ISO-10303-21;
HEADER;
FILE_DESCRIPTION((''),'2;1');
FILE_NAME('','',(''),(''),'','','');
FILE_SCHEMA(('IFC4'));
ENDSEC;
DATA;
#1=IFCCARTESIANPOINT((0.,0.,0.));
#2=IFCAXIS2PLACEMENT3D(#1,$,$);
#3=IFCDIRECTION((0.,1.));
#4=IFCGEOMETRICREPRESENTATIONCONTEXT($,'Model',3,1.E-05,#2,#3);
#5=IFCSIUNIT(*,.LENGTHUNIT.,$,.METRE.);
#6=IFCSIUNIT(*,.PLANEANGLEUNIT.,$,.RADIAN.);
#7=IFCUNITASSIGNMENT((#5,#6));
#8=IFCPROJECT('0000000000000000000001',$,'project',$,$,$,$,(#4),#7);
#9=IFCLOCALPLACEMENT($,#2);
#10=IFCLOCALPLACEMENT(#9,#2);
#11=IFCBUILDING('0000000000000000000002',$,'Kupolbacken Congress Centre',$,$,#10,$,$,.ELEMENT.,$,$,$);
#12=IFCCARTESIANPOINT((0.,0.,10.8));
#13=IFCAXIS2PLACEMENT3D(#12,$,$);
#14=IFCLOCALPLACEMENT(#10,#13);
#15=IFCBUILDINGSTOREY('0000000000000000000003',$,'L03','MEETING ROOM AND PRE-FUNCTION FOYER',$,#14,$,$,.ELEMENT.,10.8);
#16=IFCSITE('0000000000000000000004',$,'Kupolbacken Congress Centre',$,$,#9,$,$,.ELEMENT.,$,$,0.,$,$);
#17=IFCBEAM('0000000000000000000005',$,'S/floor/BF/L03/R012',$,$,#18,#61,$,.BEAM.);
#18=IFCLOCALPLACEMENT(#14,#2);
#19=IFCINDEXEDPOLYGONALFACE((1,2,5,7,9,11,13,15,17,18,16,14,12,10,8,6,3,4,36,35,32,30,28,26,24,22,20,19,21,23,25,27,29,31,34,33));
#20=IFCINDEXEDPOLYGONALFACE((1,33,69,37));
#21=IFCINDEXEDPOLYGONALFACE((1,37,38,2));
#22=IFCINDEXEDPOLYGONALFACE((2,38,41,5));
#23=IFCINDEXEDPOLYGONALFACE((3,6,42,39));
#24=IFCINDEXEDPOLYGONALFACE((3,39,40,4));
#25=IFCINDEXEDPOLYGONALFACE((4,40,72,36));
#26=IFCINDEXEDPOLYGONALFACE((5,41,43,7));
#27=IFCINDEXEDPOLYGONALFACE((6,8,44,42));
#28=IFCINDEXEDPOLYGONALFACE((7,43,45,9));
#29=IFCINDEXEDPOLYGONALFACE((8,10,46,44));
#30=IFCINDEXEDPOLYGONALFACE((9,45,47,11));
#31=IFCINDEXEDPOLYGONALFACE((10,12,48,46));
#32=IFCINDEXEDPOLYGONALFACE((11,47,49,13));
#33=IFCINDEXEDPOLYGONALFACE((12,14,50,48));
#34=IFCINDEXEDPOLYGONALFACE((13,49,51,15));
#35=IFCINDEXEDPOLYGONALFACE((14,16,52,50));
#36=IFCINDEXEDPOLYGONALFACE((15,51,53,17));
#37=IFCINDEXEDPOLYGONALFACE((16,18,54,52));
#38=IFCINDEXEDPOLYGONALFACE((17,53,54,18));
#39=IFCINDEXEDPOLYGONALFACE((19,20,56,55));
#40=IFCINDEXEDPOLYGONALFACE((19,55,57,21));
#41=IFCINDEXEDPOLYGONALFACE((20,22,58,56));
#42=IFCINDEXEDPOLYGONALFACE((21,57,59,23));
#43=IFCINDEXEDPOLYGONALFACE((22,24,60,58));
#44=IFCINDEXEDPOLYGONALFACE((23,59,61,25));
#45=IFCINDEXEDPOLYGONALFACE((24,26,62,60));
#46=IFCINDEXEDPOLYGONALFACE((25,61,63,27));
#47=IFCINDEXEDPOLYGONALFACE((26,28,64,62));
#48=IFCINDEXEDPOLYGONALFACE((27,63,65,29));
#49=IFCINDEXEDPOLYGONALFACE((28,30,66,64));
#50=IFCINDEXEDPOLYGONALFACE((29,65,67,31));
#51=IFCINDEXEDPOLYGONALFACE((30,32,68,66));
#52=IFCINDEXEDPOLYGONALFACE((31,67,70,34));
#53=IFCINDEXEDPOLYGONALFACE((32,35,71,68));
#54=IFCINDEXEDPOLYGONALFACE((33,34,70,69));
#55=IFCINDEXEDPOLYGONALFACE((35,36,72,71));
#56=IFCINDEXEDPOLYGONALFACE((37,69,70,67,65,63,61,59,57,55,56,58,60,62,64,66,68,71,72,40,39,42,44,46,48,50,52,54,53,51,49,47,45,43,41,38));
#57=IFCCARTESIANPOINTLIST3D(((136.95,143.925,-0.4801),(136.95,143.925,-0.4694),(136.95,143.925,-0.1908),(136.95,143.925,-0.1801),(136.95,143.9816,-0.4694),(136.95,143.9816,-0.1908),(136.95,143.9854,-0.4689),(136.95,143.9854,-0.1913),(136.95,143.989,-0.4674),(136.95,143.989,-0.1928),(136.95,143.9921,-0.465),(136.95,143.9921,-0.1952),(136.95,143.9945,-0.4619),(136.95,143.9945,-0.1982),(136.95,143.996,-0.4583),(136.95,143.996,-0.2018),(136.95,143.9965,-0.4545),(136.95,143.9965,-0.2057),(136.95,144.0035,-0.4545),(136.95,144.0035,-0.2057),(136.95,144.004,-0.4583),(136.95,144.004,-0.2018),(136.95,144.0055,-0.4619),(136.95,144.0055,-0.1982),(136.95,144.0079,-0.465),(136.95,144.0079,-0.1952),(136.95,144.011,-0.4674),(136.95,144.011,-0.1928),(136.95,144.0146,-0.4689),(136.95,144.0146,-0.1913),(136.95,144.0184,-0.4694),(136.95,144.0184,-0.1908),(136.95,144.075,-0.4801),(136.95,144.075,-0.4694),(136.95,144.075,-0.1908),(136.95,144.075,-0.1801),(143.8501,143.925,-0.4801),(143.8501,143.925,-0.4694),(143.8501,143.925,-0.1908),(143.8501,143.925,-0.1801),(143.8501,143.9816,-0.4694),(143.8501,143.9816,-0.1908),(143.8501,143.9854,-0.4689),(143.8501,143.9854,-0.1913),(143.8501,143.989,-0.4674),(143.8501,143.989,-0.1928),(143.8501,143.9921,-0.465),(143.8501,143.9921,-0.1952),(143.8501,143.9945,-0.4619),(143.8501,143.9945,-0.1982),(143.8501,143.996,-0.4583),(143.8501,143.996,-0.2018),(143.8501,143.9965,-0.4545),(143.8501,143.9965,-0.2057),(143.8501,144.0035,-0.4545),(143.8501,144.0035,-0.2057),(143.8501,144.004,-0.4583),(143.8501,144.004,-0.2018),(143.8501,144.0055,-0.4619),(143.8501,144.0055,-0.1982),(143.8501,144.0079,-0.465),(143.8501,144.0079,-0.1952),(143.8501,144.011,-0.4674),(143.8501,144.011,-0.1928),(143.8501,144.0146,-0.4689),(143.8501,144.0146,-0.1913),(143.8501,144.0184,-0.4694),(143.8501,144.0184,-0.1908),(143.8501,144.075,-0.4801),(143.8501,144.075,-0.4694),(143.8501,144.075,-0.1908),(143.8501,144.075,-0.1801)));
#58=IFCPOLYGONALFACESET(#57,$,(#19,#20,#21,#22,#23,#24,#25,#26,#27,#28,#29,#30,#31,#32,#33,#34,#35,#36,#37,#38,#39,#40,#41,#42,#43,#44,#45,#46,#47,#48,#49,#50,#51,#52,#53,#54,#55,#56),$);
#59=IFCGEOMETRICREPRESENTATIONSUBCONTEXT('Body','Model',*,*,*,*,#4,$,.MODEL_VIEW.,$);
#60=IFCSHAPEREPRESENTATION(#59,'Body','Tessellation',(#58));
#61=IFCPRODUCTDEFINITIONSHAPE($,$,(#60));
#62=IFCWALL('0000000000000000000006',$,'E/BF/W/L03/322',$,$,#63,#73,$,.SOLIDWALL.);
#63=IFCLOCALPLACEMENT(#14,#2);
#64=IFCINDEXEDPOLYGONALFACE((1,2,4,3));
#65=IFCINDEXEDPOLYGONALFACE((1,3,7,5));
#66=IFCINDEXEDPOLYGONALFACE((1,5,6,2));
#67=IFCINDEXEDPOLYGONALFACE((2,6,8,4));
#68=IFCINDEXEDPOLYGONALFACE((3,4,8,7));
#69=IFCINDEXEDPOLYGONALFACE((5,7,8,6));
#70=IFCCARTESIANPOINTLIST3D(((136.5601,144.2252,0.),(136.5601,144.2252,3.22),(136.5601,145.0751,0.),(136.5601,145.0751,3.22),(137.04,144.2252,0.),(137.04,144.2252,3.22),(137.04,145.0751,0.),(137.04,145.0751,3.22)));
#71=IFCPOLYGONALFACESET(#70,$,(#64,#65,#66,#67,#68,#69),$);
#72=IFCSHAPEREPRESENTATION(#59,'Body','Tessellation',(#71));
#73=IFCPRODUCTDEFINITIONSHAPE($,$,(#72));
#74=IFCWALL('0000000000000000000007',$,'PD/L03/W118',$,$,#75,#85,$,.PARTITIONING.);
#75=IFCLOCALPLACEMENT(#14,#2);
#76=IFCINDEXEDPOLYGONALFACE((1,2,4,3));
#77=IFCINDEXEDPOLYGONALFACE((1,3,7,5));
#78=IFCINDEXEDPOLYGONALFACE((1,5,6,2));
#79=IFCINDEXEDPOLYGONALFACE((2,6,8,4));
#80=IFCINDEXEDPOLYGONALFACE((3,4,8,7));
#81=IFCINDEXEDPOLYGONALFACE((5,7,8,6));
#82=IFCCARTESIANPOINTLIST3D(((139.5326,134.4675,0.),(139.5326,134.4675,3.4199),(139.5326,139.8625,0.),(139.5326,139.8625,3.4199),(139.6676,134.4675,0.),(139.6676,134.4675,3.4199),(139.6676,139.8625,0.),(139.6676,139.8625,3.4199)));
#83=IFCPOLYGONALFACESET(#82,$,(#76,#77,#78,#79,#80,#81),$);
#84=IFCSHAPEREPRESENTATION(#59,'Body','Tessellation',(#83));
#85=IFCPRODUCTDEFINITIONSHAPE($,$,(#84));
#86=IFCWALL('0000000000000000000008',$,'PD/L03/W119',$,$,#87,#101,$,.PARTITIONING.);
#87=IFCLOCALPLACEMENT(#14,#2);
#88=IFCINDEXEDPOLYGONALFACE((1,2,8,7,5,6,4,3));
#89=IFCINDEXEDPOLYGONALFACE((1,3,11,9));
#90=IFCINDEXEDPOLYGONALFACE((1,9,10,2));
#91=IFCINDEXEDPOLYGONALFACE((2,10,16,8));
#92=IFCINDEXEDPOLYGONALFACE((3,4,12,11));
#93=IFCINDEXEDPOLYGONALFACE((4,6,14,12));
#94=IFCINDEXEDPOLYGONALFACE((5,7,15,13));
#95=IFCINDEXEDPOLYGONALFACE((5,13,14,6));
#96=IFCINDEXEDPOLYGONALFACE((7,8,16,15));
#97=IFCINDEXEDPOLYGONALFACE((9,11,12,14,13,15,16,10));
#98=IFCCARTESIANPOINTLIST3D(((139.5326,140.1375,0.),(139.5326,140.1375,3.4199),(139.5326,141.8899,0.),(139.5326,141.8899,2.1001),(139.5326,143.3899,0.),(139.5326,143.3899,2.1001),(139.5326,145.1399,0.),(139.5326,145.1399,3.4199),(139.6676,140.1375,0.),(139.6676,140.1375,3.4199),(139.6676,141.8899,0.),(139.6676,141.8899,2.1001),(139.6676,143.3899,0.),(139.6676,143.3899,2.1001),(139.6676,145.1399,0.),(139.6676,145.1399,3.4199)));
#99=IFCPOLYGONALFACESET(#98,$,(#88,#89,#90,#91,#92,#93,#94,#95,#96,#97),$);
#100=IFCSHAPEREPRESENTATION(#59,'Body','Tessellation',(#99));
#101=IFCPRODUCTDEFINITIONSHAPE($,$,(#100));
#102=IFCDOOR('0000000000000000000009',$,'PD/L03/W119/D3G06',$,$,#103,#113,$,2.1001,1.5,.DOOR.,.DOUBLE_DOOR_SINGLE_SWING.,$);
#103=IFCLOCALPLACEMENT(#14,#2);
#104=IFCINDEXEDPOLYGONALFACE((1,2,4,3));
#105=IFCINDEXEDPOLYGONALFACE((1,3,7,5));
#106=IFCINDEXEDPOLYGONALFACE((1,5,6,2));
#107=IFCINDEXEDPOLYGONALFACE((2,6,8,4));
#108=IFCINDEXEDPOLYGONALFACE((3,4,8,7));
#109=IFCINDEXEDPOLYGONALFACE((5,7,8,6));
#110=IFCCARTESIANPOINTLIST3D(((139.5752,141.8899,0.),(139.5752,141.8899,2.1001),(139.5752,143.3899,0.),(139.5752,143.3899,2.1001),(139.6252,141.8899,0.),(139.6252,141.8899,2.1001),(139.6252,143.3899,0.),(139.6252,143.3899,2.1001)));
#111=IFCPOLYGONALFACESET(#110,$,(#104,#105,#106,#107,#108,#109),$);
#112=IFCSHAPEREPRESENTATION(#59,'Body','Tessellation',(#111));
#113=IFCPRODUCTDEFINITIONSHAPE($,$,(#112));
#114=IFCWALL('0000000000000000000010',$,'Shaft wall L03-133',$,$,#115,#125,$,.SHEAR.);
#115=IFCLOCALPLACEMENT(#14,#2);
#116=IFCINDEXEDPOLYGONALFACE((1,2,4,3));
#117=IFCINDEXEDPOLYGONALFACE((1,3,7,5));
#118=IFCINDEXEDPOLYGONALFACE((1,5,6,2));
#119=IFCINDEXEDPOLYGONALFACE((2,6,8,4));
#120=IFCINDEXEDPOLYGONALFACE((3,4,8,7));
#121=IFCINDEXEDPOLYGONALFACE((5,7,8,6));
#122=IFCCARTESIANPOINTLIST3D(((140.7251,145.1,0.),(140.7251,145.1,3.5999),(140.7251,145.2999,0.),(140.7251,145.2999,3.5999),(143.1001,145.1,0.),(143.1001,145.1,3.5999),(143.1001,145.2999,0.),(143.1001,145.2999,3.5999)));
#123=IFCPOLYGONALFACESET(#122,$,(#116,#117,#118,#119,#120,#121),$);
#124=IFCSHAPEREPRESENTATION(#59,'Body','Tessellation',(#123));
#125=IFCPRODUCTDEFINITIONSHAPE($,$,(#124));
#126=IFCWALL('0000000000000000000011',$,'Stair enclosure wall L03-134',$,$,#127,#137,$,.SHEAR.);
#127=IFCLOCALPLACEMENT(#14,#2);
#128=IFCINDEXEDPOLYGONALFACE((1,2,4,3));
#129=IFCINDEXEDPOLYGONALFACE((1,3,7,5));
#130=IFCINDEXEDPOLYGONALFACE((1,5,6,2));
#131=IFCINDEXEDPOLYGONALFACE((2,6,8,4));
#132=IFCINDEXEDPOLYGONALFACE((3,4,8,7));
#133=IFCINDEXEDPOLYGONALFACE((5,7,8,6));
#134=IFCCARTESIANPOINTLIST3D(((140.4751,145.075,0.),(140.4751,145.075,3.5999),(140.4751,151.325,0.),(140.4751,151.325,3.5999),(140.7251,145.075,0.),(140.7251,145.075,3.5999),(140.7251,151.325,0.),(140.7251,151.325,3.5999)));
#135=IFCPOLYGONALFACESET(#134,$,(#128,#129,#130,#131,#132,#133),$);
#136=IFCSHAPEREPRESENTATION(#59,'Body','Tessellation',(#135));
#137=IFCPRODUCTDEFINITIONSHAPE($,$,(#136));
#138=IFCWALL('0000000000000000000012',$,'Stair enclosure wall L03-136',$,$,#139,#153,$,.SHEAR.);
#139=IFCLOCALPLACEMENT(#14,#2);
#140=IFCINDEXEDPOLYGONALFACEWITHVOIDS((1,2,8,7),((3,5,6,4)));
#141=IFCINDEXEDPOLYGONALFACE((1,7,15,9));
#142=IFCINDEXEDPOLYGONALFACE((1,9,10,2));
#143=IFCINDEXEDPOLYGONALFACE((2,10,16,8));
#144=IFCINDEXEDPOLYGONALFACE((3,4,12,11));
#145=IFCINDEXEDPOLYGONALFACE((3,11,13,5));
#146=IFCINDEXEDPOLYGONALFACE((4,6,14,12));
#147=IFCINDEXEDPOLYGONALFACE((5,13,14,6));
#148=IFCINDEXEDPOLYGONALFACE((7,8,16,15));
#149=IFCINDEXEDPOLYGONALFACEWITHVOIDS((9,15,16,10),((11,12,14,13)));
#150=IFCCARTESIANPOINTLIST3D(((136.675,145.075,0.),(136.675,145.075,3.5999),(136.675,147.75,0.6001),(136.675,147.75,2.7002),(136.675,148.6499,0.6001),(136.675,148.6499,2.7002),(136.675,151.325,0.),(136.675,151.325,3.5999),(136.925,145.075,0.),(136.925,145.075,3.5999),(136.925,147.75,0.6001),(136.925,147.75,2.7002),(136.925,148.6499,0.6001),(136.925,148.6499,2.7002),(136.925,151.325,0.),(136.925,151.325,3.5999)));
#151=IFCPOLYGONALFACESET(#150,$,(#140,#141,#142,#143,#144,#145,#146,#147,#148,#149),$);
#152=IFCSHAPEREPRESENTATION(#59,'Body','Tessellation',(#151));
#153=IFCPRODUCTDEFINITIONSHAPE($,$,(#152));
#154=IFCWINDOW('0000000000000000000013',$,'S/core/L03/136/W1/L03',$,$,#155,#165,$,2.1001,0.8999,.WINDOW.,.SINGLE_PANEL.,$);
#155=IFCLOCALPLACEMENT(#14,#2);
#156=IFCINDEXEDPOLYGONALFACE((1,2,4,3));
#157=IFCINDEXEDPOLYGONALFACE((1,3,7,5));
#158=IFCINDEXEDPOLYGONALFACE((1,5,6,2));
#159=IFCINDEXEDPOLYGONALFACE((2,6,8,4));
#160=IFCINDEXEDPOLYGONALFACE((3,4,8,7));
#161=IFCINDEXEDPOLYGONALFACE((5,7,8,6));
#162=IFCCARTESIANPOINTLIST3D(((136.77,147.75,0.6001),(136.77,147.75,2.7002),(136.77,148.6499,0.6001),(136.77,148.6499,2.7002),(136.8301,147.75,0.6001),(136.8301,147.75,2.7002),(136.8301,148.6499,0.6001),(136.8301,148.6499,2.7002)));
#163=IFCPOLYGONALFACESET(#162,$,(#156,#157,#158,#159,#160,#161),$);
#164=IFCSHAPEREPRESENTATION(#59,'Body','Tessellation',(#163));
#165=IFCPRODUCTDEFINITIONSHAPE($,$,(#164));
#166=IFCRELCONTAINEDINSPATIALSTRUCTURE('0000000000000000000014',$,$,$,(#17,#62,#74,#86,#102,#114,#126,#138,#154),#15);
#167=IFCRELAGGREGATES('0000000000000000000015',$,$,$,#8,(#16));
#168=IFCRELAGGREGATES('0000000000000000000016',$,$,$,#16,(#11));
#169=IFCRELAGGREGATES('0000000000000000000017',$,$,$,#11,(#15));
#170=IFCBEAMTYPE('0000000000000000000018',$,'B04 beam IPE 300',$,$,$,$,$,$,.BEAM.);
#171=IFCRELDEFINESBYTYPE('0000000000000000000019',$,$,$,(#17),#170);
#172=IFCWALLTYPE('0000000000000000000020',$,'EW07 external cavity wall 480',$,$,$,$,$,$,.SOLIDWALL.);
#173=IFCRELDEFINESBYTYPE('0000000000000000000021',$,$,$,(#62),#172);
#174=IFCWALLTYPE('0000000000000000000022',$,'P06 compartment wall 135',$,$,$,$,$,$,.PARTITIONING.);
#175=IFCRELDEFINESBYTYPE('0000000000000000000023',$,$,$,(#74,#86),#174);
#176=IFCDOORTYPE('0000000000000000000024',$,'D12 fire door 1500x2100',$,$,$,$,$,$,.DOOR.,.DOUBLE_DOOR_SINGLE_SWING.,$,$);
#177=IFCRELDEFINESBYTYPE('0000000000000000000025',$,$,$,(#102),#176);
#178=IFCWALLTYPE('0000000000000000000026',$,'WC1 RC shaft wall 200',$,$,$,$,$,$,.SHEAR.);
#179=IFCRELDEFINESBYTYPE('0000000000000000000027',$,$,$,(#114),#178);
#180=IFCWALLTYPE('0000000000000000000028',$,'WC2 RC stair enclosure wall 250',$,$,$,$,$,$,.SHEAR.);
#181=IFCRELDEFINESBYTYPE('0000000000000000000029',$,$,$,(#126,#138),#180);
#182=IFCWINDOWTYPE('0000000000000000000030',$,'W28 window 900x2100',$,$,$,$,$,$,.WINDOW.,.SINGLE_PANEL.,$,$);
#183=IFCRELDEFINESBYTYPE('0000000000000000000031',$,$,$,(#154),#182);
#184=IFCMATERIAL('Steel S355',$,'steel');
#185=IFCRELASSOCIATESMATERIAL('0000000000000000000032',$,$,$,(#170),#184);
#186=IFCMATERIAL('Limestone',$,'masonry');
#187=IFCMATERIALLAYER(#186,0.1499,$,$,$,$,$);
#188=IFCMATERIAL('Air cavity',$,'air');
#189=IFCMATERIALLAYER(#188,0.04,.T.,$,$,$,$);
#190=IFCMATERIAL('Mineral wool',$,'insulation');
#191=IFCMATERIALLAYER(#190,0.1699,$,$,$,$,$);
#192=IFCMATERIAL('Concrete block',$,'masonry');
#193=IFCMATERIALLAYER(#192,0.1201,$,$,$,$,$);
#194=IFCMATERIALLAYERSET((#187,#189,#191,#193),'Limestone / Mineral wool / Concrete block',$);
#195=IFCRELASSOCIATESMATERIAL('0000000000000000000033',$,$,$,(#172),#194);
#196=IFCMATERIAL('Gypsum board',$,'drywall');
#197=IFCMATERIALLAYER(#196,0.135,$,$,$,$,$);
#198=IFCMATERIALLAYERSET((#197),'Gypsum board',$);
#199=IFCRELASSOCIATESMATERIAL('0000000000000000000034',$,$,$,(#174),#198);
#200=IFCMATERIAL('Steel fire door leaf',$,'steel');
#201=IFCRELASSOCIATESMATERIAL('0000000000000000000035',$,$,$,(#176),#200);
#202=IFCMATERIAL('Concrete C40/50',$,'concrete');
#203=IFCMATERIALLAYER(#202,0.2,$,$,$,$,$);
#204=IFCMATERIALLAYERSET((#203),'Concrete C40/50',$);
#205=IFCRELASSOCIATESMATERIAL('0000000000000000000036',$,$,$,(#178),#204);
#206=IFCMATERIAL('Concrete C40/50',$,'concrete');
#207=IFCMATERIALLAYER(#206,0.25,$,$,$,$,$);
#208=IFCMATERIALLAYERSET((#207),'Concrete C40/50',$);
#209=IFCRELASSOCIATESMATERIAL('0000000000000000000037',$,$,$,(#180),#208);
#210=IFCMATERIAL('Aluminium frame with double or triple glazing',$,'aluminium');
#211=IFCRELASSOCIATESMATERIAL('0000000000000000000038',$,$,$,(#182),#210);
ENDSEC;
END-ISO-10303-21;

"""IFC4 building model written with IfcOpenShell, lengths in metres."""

from ifc_helpers import new_model, si_unit, direction, frame, frame_2d, origin, origin_2d, place, context, subcontext, project, spatial, rectangle, i_section, extrude, material, layer, layer_set, material_profile, profile_set, type_object, element, fill, save


model = new_model("IFC4")

# Units and contexts
model_context = context("Model", 3, precision=1e-05, world=origin(), true_north=direction((0.0, 1.0)))
body_context = subcontext(model_context, "Body", "Model", "MODEL_VIEW")
ifc_project = project(units=[si_unit("LENGTHUNIT", "METRE"), si_unit("PLANEANGLEUNIT", "RADIAN")], contexts=[model_context])

# Site, building, storey
site_placement = place(None, origin())
site = spatial("IfcSite", under=ifc_project, at=site_placement, Name="Kupolbacken Congress Centre", CompositionType="ELEMENT", RefElevation=0.0)
building_placement = place(site_placement, origin())
building = spatial("IfcBuilding", under=site, at=building_placement, Name="Kupolbacken Congress Centre", CompositionType="ELEMENT")
storey_placement = place(building_placement, frame((0.0, 0.0, 10.8)))
storey = spatial("IfcBuildingStorey", under=building, at=storey_placement, Name="L03", Description="MEETING ROOM AND PRE-FUNCTION FOYER", CompositionType="ELEMENT", Elevation=10.8)

# Beam
ifc_material_1 = material(Name="Steel S355", Category="steel")
ifc_material_profile_1 = material_profile(ifc_material_1, i_section(OverallWidth=0.1499, OverallDepth=0.3, WebThickness=0.0071, FlangeThickness=0.0107, FilletRadius=0.0149, at=origin_2d()), Name="IPE 300")
ifc_profile_set_1 = profile_set([ifc_material_profile_1], Name="Steel S355")
beam_type_1 = type_object("IfcBeamType", Name="B04 beam IPE 300", PredefinedType="BEAM", material=ifc_profile_set_1)
beam_1_placement = place(storey_placement, frame((136.95, 144.0, -0.3301), z_axis=(1.0, 0.0, 0.0), x_axis=(0.0, 1.0, 0.0)))
element("IfcBeam", 1, at=beam_1_placement, inside=storey, type_object=beam_type_1, Name="S/floor/BF/L03/R012", PredefinedType="BEAM", context=body_context, shape_type="SweptSolid", body=[
    extrude(i_section(OverallWidth=0.1499, OverallDepth=0.3, WebThickness=0.0071, FlangeThickness=0.0107, FilletRadius=0.0149, at=origin_2d()), origin(), (0.0, 0.0, 1.0), 6.9001),
])

# Walls
ifc_material_2 = material(Name="Limestone", Category="masonry")
ifc_layer_1 = layer(ifc_material_2, 0.1499)
ifc_material_3 = material(Name="Air cavity", Category="air")
ifc_layer_2 = layer(ifc_material_3, 0.04, ventilated=True)
ifc_material_4 = material(Name="Mineral wool", Category="insulation")
ifc_layer_3 = layer(ifc_material_4, 0.1699)
ifc_material_5 = material(Name="Concrete block", Category="masonry")
ifc_layer_4 = layer(ifc_material_5, 0.1201)
ifc_layer_set_1 = layer_set([ifc_layer_1, ifc_layer_2, ifc_layer_3, ifc_layer_4], Name="Limestone / Mineral wool / Concrete block")
wall_type_1 = type_object("IfcWallType", Name="EW07 external cavity wall 480", PredefinedType="SOLIDWALL", material=ifc_layer_set_1)
wall_1_placement = place(storey_placement, frame((136.8, 145.075, 0.0), z_axis=(0.0, 0.0, 1.0), x_axis=(0.0, -1.0, 0.0)))
element("IfcWall", 2, at=wall_1_placement, inside=storey, type_object=wall_type_1, Name="E/BF/W/L03/322", PredefinedType="SOLIDWALL", context=body_context, shape_type="SweptSolid", body=[
    extrude(rectangle(XDim=0.8499, YDim=0.48, at=frame_2d((0.4248, 0.0))), origin(), (0.0, 0.0, 1.0), 3.22),
])
ifc_material_6 = material(Name="Gypsum board", Category="drywall")
ifc_layer_5 = layer(ifc_material_6, 0.135)
ifc_layer_set_2 = layer_set([ifc_layer_5], Name="Gypsum board")
wall_type_2 = type_object("IfcWallType", Name="P06 compartment wall 135", PredefinedType="PARTITIONING", material=ifc_layer_set_2)
wall_2_placement = place(storey_placement, frame((139.6001, 139.8625, 0.0), z_axis=(0.0, 0.0, 1.0), x_axis=(0.0, -1.0, 0.0)))
element("IfcWall", 3, at=wall_2_placement, inside=storey, type_object=wall_type_2, Name="PD/L03/W118", PredefinedType="PARTITIONING", context=body_context, shape_type="SweptSolid", body=[
    extrude(rectangle(XDim=5.395, YDim=0.135, at=frame_2d((2.6975, 0.0))), origin(), (0.0, 0.0, 1.0), 3.4199),
])

# Wall, opening, door
wall_3_placement = place(storey_placement, frame((139.6001, 145.1399, 0.0), z_axis=(0.0, 0.0, 1.0), x_axis=(0.0, -1.0, 0.0)))
wall_3 = element("IfcWall", 4, at=wall_3_placement, inside=storey, type_object=wall_type_2, Name="PD/L03/W119", PredefinedType="PARTITIONING", context=body_context, shape_type="SweptSolid", body=[
    extrude(rectangle(XDim=5.0024, YDim=0.135, at=frame_2d((2.5012, 0.0))), origin(), (0.0, 0.0, 1.0), 3.4199),
])
opening_1_placement = place(wall_3_placement, frame((1.75, 0.0, 0.0)))
opening_1 = element("IfcOpeningElement", 5, at=opening_1_placement, cuts=wall_3, PredefinedType="OPENING", context=body_context, shape_type="SweptSolid", body=[
    extrude(rectangle(XDim=1.5, YDim=2.1001, at=frame_2d((0.75, 1.05))), frame((0.0, 0.0774, 0.0), z_axis=(0.0, -1.0, 0.0), x_axis=(1.0, 0.0, 0.0)), (0.0, 0.0, 1.0), 0.155),
])
ifc_material_7 = material(Name="Steel fire door leaf", Category="steel")
door_type = type_object("IfcDoorType", Name="D12 fire door 1500x2100", OperationType="DOUBLE_DOOR_SINGLE_SWING", PredefinedType="DOOR", material=ifc_material_7)
door_placement = place(opening_1_placement, frame((1.5, 0.0, 0.0), z_axis=(0.0, 0.0, 1.0), x_axis=(-1.0, 0.0, 0.0)))
door = element("IfcDoor", 6, at=door_placement, inside=storey, type_object=door_type, Name="PD/L03/W119/D3G06", OperationType="DOUBLE_DOOR_SINGLE_SWING", OverallHeight=2.1001, OverallWidth=1.5, PredefinedType="DOOR", context=body_context, shape_type="SweptSolid", body=[
    extrude(rectangle(XDim=1.5, YDim=2.1001, at=frame_2d((0.75, 1.05))), frame((0.0, 0.0249, 0.0), z_axis=(0.0, -1.0, 0.0), x_axis=(1.0, 0.0, 0.0)), (0.0, 0.0, 1.0), 0.05),
])
fill(opening_1, door)

# Walls
ifc_material_8 = material(Name="Concrete C40/50", Category="concrete")
ifc_layer_6 = layer(ifc_material_8, 0.2)
ifc_layer_set_3 = layer_set([ifc_layer_6], Name="Concrete C40/50")
wall_type_3 = type_object("IfcWallType", Name="WC1 RC shaft wall 200", PredefinedType="SHEAR", material=ifc_layer_set_3)
wall_4_placement = place(storey_placement, frame((140.7251, 145.2, 0.0), z_axis=(0.0, 0.0, 1.0), x_axis=(1.0, 0.0, 0.0)))
element("IfcWall", 7, at=wall_4_placement, inside=storey, type_object=wall_type_3, Name="Shaft wall L03-133", PredefinedType="SHEAR", context=body_context, shape_type="SweptSolid", body=[
    extrude(rectangle(XDim=2.375, YDim=0.2, at=frame_2d((1.1875, 0.0))), origin(), (0.0, 0.0, 1.0), 3.5999),
])
ifc_material_9 = material(Name="Concrete C40/50", Category="concrete")
ifc_layer_7 = layer(ifc_material_9, 0.25)
ifc_layer_set_4 = layer_set([ifc_layer_7], Name="Concrete C40/50")
wall_type_4 = type_object("IfcWallType", Name="WC2 RC stair enclosure wall 250", PredefinedType="SHEAR", material=ifc_layer_set_4)
wall_5_placement = place(storey_placement, frame((140.6001, 145.075, 0.0), z_axis=(0.0, 0.0, 1.0), x_axis=(0.0, 1.0, 0.0)))
element("IfcWall", 8, at=wall_5_placement, inside=storey, type_object=wall_type_4, Name="Stair enclosure wall L03-134", PredefinedType="SHEAR", context=body_context, shape_type="SweptSolid", body=[
    extrude(rectangle(XDim=6.25, YDim=0.25, at=frame_2d((3.125, 0.0))), origin(), (0.0, 0.0, 1.0), 3.5999),
])

# Wall, opening, window
wall_6_placement = place(storey_placement, frame((136.8, 151.325, 0.0), z_axis=(0.0, 0.0, 1.0), x_axis=(0.0, -1.0, 0.0)))
wall_6 = element("IfcWall", 9, at=wall_6_placement, inside=storey, type_object=wall_type_4, Name="Stair enclosure wall L03-136", PredefinedType="SHEAR", context=body_context, shape_type="SweptSolid", body=[
    extrude(rectangle(XDim=6.25, YDim=0.25, at=frame_2d((3.125, 0.0))), origin(), (0.0, 0.0, 1.0), 3.5999),
])
opening_2_placement = place(wall_6_placement, frame((2.675, 0.0, 0.6001)))
opening_2 = element("IfcOpeningElement", 10, at=opening_2_placement, cuts=wall_6, PredefinedType="OPENING", context=body_context, shape_type="SweptSolid", body=[
    extrude(rectangle(XDim=0.8999, YDim=2.1001, at=frame_2d((0.45, 1.05))), frame((0.0, 0.135, 0.0), z_axis=(0.0, -1.0, 0.0), x_axis=(1.0, 0.0, 0.0)), (0.0, 0.0, 1.0), 0.27),
])
ifc_material_10 = material(Name="Aluminium frame with double or triple glazing", Category="aluminium")
window_type = type_object("IfcWindowType", Name="W28 window 900x2100", PartitioningType="SINGLE_PANEL", PredefinedType="WINDOW", material=ifc_material_10)
window_1_placement = place(opening_2_placement, origin())
window_1 = element("IfcWindow", 11, at=window_1_placement, inside=storey, type_object=window_type, Name="S/core/L03/136/W1/L03", OverallHeight=2.1001, OverallWidth=0.8999, PartitioningType="SINGLE_PANEL", PredefinedType="WINDOW", context=body_context, shape_type="SweptSolid", body=[
    extrude(rectangle(XDim=0.8999, YDim=2.1001, at=frame_2d((0.45, 1.05))), frame((0.0, 0.03, 0.0), z_axis=(0.0, -1.0, 0.0), x_axis=(1.0, 0.0, 0.0)), (0.0, 0.0, 1.0), 0.0601),
])
fill(opening_2, window_1)

save(model, "model.ifc")
